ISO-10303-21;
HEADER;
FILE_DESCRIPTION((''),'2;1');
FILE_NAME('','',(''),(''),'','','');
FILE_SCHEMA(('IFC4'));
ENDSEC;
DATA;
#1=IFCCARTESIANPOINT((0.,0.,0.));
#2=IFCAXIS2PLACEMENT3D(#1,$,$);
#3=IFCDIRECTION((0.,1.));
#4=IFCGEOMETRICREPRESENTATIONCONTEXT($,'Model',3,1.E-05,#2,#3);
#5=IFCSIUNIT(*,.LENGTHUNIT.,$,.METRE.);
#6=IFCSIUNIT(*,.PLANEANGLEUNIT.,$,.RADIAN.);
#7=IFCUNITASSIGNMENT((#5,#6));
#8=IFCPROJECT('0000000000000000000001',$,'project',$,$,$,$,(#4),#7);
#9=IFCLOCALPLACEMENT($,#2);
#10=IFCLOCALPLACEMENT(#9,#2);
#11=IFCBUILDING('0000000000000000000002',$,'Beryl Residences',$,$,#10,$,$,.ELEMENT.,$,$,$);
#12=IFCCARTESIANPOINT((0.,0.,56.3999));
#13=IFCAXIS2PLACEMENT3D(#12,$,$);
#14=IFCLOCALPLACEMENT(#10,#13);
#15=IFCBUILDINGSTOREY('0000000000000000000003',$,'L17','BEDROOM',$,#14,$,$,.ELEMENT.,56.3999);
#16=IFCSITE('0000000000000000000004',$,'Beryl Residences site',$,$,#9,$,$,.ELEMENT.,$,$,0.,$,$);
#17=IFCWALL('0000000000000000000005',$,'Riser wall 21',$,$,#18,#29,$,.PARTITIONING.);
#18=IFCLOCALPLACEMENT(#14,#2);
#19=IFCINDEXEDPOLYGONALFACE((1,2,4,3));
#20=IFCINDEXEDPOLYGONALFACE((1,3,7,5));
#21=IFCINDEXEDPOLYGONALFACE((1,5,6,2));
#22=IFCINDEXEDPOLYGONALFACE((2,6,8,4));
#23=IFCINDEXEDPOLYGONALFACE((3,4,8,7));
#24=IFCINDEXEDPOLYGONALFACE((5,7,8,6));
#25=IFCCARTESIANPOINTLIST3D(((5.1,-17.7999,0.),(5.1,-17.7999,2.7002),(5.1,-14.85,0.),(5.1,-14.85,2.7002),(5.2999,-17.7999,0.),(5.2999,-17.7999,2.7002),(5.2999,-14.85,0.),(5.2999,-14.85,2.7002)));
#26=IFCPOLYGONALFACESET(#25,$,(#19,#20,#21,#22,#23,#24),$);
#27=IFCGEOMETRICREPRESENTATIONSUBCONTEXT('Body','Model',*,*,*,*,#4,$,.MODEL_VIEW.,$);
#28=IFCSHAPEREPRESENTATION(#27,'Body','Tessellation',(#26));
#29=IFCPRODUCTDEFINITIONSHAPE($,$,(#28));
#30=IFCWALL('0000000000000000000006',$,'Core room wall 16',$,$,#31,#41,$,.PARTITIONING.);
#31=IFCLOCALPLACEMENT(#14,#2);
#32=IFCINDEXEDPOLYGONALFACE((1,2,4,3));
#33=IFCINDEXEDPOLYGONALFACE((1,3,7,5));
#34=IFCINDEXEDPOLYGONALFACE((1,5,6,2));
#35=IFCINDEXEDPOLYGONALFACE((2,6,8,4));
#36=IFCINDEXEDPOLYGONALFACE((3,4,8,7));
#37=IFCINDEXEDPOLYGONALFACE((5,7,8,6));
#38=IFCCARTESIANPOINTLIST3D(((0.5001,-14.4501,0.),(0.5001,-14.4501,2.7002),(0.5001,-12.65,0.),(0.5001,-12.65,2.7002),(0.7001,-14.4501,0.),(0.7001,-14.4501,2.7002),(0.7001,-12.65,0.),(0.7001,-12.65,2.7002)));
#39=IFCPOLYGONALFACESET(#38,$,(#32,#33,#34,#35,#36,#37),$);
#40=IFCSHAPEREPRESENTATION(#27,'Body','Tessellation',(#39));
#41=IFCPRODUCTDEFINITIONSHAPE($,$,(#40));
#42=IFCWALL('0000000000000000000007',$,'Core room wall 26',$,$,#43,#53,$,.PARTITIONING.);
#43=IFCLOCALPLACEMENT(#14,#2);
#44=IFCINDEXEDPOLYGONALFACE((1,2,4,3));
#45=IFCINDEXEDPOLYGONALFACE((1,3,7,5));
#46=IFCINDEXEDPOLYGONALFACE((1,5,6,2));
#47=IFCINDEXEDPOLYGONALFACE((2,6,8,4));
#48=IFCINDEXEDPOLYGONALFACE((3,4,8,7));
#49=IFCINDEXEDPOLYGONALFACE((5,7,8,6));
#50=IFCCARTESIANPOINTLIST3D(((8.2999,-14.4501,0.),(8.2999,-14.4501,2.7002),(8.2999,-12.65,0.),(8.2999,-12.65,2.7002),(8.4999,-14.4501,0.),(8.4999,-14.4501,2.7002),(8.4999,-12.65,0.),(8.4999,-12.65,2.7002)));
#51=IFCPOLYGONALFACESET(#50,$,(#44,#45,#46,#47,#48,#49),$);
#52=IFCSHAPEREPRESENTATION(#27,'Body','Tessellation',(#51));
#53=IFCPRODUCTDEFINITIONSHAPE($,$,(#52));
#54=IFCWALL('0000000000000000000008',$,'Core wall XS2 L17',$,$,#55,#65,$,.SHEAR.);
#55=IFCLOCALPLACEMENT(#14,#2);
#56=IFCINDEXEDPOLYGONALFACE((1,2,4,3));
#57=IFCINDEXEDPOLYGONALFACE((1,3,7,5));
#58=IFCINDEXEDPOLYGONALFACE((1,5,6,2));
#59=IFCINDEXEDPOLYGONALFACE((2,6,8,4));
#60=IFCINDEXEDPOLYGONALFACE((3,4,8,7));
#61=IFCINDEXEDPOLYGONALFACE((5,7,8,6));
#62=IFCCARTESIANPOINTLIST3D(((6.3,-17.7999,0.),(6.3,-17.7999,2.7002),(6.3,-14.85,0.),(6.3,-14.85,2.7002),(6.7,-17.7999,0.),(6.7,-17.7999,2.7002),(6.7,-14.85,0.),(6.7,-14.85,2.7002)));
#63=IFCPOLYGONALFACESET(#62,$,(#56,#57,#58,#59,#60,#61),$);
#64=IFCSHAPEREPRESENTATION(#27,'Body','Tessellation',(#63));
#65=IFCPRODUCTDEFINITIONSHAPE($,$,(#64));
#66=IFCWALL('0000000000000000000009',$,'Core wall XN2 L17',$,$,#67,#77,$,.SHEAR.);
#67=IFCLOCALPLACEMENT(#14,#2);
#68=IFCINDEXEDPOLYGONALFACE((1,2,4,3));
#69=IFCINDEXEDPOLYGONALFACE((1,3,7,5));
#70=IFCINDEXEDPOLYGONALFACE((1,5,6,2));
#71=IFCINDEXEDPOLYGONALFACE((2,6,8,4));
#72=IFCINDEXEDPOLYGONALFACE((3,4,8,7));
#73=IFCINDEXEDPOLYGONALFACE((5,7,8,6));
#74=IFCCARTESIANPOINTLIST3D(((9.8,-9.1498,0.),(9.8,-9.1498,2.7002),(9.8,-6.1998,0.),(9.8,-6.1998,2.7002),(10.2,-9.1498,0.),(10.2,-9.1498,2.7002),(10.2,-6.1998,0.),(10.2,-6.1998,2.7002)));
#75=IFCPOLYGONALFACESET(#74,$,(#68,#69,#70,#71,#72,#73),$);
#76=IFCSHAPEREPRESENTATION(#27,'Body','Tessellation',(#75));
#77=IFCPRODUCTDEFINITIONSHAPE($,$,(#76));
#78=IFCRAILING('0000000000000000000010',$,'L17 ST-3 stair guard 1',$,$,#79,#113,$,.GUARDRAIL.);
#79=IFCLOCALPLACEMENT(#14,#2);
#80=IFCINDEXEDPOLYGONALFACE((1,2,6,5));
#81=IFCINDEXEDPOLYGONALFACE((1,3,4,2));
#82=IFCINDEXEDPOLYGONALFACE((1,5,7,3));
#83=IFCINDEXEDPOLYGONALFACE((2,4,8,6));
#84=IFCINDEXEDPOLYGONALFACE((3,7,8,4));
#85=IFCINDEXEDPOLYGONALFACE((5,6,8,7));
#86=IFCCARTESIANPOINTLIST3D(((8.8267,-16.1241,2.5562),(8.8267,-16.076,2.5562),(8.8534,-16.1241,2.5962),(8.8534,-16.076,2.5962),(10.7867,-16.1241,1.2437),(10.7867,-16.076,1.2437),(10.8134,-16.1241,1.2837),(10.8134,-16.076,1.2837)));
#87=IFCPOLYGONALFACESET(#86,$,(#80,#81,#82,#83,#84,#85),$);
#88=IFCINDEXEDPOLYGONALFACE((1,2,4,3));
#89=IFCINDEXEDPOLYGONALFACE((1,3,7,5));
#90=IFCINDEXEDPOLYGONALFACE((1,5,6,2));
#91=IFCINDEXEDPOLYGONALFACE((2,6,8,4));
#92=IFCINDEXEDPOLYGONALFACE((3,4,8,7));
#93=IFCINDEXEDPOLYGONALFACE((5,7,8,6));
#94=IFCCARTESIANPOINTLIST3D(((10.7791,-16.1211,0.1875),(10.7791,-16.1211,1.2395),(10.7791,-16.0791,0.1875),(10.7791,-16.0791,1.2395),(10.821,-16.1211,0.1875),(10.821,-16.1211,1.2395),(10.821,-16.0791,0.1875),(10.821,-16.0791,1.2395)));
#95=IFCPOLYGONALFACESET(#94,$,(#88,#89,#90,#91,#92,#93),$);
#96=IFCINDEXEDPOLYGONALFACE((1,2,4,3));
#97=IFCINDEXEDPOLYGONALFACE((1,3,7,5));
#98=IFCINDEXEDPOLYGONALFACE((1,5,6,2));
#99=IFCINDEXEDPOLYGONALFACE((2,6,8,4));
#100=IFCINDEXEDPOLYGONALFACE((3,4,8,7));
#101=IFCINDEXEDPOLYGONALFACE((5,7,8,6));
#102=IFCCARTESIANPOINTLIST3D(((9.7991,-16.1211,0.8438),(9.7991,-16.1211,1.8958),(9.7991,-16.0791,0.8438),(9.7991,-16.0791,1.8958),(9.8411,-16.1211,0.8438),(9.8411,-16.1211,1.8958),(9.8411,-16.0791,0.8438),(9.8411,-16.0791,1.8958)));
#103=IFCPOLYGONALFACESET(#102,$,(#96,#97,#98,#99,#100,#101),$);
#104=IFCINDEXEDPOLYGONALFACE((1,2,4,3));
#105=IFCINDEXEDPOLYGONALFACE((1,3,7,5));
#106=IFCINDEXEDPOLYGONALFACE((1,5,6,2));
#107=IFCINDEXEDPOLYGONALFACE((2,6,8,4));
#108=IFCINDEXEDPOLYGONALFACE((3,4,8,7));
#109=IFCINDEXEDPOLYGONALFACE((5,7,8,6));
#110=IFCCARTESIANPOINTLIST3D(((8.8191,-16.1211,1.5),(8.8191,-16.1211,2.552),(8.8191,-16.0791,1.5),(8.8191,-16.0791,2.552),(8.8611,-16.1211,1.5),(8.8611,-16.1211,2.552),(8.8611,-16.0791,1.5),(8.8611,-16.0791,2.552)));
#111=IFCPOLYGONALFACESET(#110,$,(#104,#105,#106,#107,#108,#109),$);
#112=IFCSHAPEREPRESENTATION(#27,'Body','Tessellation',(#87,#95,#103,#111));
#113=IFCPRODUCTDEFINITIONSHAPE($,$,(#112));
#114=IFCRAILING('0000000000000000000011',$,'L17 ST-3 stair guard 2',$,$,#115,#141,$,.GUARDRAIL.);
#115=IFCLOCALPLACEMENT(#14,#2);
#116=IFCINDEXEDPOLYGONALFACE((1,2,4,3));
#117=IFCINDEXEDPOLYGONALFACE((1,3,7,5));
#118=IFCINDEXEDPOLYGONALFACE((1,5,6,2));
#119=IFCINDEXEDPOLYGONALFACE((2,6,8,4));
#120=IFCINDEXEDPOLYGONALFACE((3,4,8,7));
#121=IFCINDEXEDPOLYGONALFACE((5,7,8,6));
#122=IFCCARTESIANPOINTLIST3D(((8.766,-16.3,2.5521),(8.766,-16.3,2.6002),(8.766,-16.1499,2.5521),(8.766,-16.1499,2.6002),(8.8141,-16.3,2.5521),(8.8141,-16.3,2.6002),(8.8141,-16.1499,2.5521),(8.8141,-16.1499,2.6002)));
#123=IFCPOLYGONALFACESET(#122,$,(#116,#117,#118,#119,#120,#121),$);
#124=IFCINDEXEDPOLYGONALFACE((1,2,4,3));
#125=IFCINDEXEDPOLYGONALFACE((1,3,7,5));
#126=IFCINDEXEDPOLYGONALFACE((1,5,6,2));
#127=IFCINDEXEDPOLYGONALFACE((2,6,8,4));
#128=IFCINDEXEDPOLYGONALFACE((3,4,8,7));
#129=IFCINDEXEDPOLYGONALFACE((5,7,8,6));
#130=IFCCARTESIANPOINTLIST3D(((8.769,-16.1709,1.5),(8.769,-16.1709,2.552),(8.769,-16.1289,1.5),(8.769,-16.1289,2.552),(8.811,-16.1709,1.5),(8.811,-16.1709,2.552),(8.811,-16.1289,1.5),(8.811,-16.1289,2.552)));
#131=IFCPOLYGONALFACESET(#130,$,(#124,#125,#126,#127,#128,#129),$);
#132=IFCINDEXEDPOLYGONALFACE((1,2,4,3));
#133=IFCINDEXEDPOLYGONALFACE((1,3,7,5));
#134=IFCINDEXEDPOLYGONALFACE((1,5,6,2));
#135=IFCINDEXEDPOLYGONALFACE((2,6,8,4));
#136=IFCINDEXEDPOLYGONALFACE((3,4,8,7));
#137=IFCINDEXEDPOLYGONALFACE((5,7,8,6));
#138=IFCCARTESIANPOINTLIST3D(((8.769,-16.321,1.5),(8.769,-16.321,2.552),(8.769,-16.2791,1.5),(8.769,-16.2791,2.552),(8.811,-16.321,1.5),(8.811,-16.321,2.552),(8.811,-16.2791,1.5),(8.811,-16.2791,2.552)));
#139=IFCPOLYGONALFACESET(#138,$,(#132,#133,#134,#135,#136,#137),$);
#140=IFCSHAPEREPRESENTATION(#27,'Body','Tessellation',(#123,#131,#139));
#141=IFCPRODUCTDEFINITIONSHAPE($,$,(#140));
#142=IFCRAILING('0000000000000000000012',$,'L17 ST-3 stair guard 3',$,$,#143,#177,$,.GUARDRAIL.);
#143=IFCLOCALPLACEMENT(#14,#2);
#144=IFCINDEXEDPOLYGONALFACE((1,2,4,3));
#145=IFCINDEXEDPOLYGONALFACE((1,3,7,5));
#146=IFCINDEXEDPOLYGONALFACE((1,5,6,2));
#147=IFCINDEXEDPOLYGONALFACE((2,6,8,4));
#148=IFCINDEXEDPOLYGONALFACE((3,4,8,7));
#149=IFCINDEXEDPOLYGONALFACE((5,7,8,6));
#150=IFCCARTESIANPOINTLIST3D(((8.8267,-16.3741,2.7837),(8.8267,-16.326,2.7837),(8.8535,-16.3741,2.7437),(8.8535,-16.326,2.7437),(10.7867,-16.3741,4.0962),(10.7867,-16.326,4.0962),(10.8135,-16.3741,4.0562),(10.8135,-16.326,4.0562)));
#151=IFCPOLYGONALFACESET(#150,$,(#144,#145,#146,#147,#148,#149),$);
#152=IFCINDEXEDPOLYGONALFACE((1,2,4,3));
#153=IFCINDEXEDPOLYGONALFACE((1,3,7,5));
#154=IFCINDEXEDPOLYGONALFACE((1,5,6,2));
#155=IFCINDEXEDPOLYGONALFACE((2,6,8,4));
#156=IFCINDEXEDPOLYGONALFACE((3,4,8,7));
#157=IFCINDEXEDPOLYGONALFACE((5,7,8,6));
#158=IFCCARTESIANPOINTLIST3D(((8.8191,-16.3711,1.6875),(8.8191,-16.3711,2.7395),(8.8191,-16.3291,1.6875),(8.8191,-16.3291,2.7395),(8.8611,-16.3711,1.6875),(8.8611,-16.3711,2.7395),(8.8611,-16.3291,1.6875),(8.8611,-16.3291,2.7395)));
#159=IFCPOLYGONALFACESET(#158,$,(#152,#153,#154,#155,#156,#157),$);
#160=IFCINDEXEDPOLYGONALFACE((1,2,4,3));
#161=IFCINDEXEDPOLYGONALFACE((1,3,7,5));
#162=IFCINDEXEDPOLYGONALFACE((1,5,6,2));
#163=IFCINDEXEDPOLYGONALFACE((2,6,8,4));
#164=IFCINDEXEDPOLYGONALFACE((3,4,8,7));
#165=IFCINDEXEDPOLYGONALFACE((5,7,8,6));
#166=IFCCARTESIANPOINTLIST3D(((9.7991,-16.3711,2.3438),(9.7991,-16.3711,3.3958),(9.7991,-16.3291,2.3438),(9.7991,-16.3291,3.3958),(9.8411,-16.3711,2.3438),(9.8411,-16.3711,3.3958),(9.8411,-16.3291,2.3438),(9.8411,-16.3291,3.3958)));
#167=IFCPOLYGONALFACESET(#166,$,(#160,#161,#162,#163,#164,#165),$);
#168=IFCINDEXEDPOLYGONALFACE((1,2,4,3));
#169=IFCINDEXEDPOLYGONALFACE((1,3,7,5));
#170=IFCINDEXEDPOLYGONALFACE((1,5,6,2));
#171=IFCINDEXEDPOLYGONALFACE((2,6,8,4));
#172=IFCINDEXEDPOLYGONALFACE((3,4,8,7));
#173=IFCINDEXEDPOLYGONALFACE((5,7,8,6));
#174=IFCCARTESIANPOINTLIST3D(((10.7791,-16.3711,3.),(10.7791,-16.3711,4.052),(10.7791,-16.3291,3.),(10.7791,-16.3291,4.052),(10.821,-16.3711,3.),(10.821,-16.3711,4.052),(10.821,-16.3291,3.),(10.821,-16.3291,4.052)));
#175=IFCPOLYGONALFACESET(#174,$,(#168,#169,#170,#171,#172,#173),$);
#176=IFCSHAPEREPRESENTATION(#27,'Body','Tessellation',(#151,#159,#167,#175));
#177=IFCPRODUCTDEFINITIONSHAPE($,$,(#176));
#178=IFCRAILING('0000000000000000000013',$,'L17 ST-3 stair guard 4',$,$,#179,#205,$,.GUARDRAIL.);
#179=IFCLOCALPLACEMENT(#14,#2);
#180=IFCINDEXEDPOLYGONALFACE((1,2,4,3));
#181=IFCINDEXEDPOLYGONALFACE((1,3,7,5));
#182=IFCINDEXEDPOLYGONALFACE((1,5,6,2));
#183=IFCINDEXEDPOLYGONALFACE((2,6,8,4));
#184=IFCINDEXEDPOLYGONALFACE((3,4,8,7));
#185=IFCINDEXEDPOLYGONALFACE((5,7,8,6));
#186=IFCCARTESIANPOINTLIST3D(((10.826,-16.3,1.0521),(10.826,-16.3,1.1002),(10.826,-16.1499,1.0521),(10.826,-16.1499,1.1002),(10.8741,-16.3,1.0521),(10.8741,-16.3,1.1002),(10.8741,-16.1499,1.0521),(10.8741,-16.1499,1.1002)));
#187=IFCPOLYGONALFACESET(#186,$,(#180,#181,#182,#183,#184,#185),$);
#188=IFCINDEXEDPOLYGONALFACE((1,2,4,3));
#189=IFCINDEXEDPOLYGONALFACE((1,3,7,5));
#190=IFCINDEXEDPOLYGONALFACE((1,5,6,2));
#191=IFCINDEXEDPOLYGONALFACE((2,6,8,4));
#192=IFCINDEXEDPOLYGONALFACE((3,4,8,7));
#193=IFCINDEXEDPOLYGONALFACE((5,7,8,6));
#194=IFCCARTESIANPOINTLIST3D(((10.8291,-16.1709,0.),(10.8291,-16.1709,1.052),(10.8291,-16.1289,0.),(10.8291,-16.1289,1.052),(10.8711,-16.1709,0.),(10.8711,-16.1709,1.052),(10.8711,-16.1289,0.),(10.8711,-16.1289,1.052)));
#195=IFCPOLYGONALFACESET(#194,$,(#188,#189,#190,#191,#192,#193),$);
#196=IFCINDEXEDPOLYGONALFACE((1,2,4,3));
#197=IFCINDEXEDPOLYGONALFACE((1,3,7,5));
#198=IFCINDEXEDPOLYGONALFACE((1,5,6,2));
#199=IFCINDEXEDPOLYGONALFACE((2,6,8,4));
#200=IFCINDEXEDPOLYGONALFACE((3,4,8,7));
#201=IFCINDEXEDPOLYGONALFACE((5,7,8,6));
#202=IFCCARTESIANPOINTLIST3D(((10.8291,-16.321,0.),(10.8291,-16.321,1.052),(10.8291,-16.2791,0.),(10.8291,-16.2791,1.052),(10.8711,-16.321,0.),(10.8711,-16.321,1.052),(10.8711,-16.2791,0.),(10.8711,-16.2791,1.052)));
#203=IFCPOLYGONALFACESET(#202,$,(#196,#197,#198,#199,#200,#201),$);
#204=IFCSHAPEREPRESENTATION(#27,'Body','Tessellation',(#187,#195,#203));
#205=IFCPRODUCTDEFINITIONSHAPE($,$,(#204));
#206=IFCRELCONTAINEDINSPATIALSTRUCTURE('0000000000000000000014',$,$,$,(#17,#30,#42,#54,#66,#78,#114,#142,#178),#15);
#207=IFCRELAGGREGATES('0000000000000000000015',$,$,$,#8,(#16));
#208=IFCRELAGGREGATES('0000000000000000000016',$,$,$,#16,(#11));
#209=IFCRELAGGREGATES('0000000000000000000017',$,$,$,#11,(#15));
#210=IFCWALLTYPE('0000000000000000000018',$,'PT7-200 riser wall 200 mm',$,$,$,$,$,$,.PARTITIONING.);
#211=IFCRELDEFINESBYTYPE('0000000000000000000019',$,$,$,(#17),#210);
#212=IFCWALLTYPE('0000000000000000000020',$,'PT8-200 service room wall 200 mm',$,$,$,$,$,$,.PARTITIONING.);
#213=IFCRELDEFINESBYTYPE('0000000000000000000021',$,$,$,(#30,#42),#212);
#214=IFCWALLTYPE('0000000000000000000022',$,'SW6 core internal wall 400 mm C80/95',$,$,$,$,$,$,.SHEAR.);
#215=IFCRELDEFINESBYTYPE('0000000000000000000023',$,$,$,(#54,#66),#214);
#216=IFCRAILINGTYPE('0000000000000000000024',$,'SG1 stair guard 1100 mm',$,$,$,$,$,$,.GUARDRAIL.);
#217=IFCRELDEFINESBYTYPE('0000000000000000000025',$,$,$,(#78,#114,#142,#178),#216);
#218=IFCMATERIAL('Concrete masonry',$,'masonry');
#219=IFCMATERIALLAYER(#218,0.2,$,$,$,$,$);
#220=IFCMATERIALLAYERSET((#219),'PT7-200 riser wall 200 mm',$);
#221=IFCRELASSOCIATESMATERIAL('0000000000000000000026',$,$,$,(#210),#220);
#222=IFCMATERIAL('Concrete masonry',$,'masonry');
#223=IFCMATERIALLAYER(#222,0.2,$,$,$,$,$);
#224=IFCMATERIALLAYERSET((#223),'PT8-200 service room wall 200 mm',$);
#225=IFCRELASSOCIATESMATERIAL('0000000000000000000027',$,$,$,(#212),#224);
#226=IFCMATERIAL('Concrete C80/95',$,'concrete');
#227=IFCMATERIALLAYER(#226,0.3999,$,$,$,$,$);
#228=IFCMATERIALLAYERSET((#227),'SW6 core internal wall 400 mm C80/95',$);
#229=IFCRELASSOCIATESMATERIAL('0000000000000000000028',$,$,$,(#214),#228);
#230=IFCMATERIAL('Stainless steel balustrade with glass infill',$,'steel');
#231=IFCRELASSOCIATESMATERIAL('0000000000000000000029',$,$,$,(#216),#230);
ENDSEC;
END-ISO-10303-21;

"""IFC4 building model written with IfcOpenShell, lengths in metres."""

from ifc_helpers import new_model, si_unit, direction, frame, frame_2d, origin, origin_2d, place, context, subcontext, project, spatial, rectangle, extrude, material, layer, layer_set, type_object, element, save


model = new_model("IFC4")

# Units and contexts
model_context = context("Model", 3, precision=1e-05, world=origin(), true_north=direction((0.0, 1.0)))
body_context = subcontext(model_context, "Body", "Model", "MODEL_VIEW")
ifc_project = project(units=[si_unit("LENGTHUNIT", "METRE"), si_unit("PLANEANGLEUNIT", "RADIAN")], contexts=[model_context])

# Site, building, storey
site_placement = place(None, origin())
site = spatial("IfcSite", under=ifc_project, at=site_placement, Name="Beryl Residences site", CompositionType="ELEMENT", RefElevation=0.0)
building_placement = place(site_placement, origin())
building = spatial("IfcBuilding", under=site, at=building_placement, Name="Beryl Residences", CompositionType="ELEMENT")
storey_placement = place(building_placement, frame((0.0, 0.0, 56.3999)))
storey = spatial("IfcBuildingStorey", under=building, at=storey_placement, Name="L17", Description="BEDROOM", CompositionType="ELEMENT", Elevation=56.3999)

# Walls
ifc_material_1 = material(Name="Concrete masonry", Category="masonry")
ifc_layer_1 = layer(ifc_material_1, 0.2)
ifc_layer_set_1 = layer_set([ifc_layer_1], Name="PT7-200 riser wall 200 mm")
wall_type_1 = type_object("IfcWallType", Name="PT7-200 riser wall 200 mm", PredefinedType="PARTITIONING", material=ifc_layer_set_1)
wall_1_placement = place(storey_placement, frame((5.2, -17.8, 0.0), z_axis=(0.0, 0.0, 1.0), x_axis=(0.0, 1.0, 0.0)))
element("IfcWall", 1, at=wall_1_placement, inside=storey, type_object=wall_type_1, Name="Riser wall 21", PredefinedType="PARTITIONING", context=body_context, shape_type="SweptSolid", body=[
    extrude(rectangle(XDim=2.95, YDim=0.2, at=frame_2d((1.4751, 0.0))), origin(), (0.0, 0.0, 1.0), 2.7002),
])
ifc_material_2 = material(Name="Concrete masonry", Category="masonry")
ifc_layer_2 = layer(ifc_material_2, 0.2)
ifc_layer_set_2 = layer_set([ifc_layer_2], Name="PT8-200 service room wall 200 mm")
wall_type_2 = type_object("IfcWallType", Name="PT8-200 service room wall 200 mm", PredefinedType="PARTITIONING", material=ifc_layer_set_2)
for number, where, z_axis, x_axis, name in (
    (2, (0.6001, -14.45, 0.0), (0.0, 0.0, 1.0), (0.0, 1.0, 0.0), "Core room wall 16"),
    (3, (8.3999, -14.45, 0.0), (0.0, 0.0, 1.0), (0.0, 1.0, 0.0), "Core room wall 26"),
):
    element("IfcWall", number, at=place(storey_placement, frame(where, z_axis=z_axis, x_axis=x_axis)), inside=storey, type_object=wall_type_2, Name=name, PredefinedType="PARTITIONING", context=body_context, shape_type="SweptSolid", body=[
        extrude(rectangle(XDim=1.8, YDim=0.2, at=frame_2d((0.8999, 0.0))), origin(), (0.0, 0.0, 1.0), 2.7002),
    ])
ifc_material_3 = material(Name="Concrete C80/95", Category="concrete")
ifc_layer_3 = layer(ifc_material_3, 0.3999)
ifc_layer_set_3 = layer_set([ifc_layer_3], Name="SW6 core internal wall 400 mm C80/95")
wall_type_3 = type_object("IfcWallType", Name="SW6 core internal wall 400 mm C80/95", PredefinedType="SHEAR", material=ifc_layer_set_3)
for number, where, z_axis, x_axis, name in (
    (4, (6.5, -17.8, 0.0), (0.0, 0.0, 1.0), (0.0, 1.0, 0.0), "Core wall XS2 L17"),
    (5, (10.0, -9.1499, 0.0), (0.0, 0.0, 1.0), (0.0, 1.0, 0.0), "Core wall XN2 L17"),
):
    element("IfcWall", number, at=place(storey_placement, frame(where, z_axis=z_axis, x_axis=x_axis)), inside=storey, type_object=wall_type_3, Name=name, PredefinedType="SHEAR", context=body_context, shape_type="SweptSolid", body=[
        extrude(rectangle(XDim=2.95, YDim=0.3999, at=frame_2d((1.4751, 0.0))), origin(), (0.0, 0.0, 1.0), 2.7002),
    ])

# Railings
ifc_material_4 = material(Name="Stainless steel balustrade with glass infill", Category="steel")
railing_type_1 = type_object("IfcRailingType", Name="SG1 stair guard 1100 mm", PredefinedType="GUARDRAIL", material=ifc_material_4)
railing_1_placement = place(storey_placement, frame((10.8, -16.1001, 0.1875)))
element("IfcRailing", 6, at=railing_1_placement, inside=storey, type_object=railing_type_1, Name="L17 ST-3 stair guard 1", PredefinedType="GUARDRAIL", context=body_context, shape_type="SweptSolid", body=[
    extrude(rectangle(XDim=0.0481, YDim=0.0481, at=origin_2d()), frame((0.0, 0.0, 1.0762), z_axis=(-0.830902, 0.0, 0.556419), x_axis=(0.0, -1.0, 0.0)), (0.0, 0.0, 1.0), 2.3589),
    extrude(rectangle(XDim=0.042, YDim=0.042, at=origin_2d()), origin(), (0.0, 0.0, 1.0), 1.052),
    extrude(rectangle(XDim=0.042, YDim=0.042, at=origin_2d()), frame((-0.98, 0.0, 0.6562)), (0.0, 0.0, 1.0), 1.052),
    extrude(rectangle(XDim=0.042, YDim=0.042, at=origin_2d()), frame((-1.96, 0.0, 1.3125)), (0.0, 0.0, 1.0), 1.052),
])
railing_2_placement = place(storey_placement, frame((8.79, -16.1499, 1.5)))
element("IfcRailing", 7, at=railing_2_placement, inside=storey, type_object=railing_type_1, Name="L17 ST-3 stair guard 2", PredefinedType="GUARDRAIL", context=body_context, shape_type="SweptSolid", body=[
    extrude(rectangle(XDim=0.0481, YDim=0.0481, at=origin_2d()), frame((0.0, 0.0, 1.0762), z_axis=(0.0, -1.0, 0.0), x_axis=(1.0, 0.0, 0.0)), (0.0, 0.0, 1.0), 0.1501),
    extrude(rectangle(XDim=0.042, YDim=0.042, at=origin_2d()), origin(), (0.0, 0.0, 1.0), 1.052),
    extrude(rectangle(XDim=0.042, YDim=0.042, at=origin_2d()), frame((0.0, -0.1501, 0.0)), (0.0, 0.0, 1.0), 1.052),
])
railing_3_placement = place(storey_placement, frame((8.8401, -16.3501, 1.6875)))
element("IfcRailing", 8, at=railing_3_placement, inside=storey, type_object=railing_type_1, Name="L17 ST-3 stair guard 3", PredefinedType="GUARDRAIL", context=body_context, shape_type="SweptSolid", body=[
    extrude(rectangle(XDim=0.0481, YDim=0.0481, at=origin_2d()), frame((0.0, 0.0, 1.0762), z_axis=(0.830902, 0.0, 0.556419), x_axis=(0.0, 1.0, 0.0)), (0.0, 0.0, 1.0), 2.3589),
    extrude(rectangle(XDim=0.042, YDim=0.042, at=origin_2d()), origin(), (0.0, 0.0, 1.0), 1.052),
    extrude(rectangle(XDim=0.042, YDim=0.042, at=origin_2d()), frame((0.98, 0.0, 0.6562)), (0.0, 0.0, 1.0), 1.052),
    extrude(rectangle(XDim=0.042, YDim=0.042, at=origin_2d()), frame((1.96, 0.0, 1.3125)), (0.0, 0.0, 1.0), 1.052),
])
railing_4_placement = place(storey_placement, frame((10.8501, -16.1499, 0.0)))
element("IfcRailing", 9, at=railing_4_placement, inside=storey, type_object=railing_type_1, Name="L17 ST-3 stair guard 4", PredefinedType="GUARDRAIL", context=body_context, shape_type="SweptSolid", body=[
    extrude(rectangle(XDim=0.0481, YDim=0.0481, at=origin_2d()), frame((0.0, 0.0, 1.0762), z_axis=(0.0, -1.0, 0.0), x_axis=(1.0, 0.0, 0.0)), (0.0, 0.0, 1.0), 0.1501),
    extrude(rectangle(XDim=0.042, YDim=0.042, at=origin_2d()), origin(), (0.0, 0.0, 1.0), 1.052),
    extrude(rectangle(XDim=0.042, YDim=0.042, at=origin_2d()), frame((0.0, -0.1501, 0.0)), (0.0, 0.0, 1.0), 1.052),
])

save(model, "model.ifc")
